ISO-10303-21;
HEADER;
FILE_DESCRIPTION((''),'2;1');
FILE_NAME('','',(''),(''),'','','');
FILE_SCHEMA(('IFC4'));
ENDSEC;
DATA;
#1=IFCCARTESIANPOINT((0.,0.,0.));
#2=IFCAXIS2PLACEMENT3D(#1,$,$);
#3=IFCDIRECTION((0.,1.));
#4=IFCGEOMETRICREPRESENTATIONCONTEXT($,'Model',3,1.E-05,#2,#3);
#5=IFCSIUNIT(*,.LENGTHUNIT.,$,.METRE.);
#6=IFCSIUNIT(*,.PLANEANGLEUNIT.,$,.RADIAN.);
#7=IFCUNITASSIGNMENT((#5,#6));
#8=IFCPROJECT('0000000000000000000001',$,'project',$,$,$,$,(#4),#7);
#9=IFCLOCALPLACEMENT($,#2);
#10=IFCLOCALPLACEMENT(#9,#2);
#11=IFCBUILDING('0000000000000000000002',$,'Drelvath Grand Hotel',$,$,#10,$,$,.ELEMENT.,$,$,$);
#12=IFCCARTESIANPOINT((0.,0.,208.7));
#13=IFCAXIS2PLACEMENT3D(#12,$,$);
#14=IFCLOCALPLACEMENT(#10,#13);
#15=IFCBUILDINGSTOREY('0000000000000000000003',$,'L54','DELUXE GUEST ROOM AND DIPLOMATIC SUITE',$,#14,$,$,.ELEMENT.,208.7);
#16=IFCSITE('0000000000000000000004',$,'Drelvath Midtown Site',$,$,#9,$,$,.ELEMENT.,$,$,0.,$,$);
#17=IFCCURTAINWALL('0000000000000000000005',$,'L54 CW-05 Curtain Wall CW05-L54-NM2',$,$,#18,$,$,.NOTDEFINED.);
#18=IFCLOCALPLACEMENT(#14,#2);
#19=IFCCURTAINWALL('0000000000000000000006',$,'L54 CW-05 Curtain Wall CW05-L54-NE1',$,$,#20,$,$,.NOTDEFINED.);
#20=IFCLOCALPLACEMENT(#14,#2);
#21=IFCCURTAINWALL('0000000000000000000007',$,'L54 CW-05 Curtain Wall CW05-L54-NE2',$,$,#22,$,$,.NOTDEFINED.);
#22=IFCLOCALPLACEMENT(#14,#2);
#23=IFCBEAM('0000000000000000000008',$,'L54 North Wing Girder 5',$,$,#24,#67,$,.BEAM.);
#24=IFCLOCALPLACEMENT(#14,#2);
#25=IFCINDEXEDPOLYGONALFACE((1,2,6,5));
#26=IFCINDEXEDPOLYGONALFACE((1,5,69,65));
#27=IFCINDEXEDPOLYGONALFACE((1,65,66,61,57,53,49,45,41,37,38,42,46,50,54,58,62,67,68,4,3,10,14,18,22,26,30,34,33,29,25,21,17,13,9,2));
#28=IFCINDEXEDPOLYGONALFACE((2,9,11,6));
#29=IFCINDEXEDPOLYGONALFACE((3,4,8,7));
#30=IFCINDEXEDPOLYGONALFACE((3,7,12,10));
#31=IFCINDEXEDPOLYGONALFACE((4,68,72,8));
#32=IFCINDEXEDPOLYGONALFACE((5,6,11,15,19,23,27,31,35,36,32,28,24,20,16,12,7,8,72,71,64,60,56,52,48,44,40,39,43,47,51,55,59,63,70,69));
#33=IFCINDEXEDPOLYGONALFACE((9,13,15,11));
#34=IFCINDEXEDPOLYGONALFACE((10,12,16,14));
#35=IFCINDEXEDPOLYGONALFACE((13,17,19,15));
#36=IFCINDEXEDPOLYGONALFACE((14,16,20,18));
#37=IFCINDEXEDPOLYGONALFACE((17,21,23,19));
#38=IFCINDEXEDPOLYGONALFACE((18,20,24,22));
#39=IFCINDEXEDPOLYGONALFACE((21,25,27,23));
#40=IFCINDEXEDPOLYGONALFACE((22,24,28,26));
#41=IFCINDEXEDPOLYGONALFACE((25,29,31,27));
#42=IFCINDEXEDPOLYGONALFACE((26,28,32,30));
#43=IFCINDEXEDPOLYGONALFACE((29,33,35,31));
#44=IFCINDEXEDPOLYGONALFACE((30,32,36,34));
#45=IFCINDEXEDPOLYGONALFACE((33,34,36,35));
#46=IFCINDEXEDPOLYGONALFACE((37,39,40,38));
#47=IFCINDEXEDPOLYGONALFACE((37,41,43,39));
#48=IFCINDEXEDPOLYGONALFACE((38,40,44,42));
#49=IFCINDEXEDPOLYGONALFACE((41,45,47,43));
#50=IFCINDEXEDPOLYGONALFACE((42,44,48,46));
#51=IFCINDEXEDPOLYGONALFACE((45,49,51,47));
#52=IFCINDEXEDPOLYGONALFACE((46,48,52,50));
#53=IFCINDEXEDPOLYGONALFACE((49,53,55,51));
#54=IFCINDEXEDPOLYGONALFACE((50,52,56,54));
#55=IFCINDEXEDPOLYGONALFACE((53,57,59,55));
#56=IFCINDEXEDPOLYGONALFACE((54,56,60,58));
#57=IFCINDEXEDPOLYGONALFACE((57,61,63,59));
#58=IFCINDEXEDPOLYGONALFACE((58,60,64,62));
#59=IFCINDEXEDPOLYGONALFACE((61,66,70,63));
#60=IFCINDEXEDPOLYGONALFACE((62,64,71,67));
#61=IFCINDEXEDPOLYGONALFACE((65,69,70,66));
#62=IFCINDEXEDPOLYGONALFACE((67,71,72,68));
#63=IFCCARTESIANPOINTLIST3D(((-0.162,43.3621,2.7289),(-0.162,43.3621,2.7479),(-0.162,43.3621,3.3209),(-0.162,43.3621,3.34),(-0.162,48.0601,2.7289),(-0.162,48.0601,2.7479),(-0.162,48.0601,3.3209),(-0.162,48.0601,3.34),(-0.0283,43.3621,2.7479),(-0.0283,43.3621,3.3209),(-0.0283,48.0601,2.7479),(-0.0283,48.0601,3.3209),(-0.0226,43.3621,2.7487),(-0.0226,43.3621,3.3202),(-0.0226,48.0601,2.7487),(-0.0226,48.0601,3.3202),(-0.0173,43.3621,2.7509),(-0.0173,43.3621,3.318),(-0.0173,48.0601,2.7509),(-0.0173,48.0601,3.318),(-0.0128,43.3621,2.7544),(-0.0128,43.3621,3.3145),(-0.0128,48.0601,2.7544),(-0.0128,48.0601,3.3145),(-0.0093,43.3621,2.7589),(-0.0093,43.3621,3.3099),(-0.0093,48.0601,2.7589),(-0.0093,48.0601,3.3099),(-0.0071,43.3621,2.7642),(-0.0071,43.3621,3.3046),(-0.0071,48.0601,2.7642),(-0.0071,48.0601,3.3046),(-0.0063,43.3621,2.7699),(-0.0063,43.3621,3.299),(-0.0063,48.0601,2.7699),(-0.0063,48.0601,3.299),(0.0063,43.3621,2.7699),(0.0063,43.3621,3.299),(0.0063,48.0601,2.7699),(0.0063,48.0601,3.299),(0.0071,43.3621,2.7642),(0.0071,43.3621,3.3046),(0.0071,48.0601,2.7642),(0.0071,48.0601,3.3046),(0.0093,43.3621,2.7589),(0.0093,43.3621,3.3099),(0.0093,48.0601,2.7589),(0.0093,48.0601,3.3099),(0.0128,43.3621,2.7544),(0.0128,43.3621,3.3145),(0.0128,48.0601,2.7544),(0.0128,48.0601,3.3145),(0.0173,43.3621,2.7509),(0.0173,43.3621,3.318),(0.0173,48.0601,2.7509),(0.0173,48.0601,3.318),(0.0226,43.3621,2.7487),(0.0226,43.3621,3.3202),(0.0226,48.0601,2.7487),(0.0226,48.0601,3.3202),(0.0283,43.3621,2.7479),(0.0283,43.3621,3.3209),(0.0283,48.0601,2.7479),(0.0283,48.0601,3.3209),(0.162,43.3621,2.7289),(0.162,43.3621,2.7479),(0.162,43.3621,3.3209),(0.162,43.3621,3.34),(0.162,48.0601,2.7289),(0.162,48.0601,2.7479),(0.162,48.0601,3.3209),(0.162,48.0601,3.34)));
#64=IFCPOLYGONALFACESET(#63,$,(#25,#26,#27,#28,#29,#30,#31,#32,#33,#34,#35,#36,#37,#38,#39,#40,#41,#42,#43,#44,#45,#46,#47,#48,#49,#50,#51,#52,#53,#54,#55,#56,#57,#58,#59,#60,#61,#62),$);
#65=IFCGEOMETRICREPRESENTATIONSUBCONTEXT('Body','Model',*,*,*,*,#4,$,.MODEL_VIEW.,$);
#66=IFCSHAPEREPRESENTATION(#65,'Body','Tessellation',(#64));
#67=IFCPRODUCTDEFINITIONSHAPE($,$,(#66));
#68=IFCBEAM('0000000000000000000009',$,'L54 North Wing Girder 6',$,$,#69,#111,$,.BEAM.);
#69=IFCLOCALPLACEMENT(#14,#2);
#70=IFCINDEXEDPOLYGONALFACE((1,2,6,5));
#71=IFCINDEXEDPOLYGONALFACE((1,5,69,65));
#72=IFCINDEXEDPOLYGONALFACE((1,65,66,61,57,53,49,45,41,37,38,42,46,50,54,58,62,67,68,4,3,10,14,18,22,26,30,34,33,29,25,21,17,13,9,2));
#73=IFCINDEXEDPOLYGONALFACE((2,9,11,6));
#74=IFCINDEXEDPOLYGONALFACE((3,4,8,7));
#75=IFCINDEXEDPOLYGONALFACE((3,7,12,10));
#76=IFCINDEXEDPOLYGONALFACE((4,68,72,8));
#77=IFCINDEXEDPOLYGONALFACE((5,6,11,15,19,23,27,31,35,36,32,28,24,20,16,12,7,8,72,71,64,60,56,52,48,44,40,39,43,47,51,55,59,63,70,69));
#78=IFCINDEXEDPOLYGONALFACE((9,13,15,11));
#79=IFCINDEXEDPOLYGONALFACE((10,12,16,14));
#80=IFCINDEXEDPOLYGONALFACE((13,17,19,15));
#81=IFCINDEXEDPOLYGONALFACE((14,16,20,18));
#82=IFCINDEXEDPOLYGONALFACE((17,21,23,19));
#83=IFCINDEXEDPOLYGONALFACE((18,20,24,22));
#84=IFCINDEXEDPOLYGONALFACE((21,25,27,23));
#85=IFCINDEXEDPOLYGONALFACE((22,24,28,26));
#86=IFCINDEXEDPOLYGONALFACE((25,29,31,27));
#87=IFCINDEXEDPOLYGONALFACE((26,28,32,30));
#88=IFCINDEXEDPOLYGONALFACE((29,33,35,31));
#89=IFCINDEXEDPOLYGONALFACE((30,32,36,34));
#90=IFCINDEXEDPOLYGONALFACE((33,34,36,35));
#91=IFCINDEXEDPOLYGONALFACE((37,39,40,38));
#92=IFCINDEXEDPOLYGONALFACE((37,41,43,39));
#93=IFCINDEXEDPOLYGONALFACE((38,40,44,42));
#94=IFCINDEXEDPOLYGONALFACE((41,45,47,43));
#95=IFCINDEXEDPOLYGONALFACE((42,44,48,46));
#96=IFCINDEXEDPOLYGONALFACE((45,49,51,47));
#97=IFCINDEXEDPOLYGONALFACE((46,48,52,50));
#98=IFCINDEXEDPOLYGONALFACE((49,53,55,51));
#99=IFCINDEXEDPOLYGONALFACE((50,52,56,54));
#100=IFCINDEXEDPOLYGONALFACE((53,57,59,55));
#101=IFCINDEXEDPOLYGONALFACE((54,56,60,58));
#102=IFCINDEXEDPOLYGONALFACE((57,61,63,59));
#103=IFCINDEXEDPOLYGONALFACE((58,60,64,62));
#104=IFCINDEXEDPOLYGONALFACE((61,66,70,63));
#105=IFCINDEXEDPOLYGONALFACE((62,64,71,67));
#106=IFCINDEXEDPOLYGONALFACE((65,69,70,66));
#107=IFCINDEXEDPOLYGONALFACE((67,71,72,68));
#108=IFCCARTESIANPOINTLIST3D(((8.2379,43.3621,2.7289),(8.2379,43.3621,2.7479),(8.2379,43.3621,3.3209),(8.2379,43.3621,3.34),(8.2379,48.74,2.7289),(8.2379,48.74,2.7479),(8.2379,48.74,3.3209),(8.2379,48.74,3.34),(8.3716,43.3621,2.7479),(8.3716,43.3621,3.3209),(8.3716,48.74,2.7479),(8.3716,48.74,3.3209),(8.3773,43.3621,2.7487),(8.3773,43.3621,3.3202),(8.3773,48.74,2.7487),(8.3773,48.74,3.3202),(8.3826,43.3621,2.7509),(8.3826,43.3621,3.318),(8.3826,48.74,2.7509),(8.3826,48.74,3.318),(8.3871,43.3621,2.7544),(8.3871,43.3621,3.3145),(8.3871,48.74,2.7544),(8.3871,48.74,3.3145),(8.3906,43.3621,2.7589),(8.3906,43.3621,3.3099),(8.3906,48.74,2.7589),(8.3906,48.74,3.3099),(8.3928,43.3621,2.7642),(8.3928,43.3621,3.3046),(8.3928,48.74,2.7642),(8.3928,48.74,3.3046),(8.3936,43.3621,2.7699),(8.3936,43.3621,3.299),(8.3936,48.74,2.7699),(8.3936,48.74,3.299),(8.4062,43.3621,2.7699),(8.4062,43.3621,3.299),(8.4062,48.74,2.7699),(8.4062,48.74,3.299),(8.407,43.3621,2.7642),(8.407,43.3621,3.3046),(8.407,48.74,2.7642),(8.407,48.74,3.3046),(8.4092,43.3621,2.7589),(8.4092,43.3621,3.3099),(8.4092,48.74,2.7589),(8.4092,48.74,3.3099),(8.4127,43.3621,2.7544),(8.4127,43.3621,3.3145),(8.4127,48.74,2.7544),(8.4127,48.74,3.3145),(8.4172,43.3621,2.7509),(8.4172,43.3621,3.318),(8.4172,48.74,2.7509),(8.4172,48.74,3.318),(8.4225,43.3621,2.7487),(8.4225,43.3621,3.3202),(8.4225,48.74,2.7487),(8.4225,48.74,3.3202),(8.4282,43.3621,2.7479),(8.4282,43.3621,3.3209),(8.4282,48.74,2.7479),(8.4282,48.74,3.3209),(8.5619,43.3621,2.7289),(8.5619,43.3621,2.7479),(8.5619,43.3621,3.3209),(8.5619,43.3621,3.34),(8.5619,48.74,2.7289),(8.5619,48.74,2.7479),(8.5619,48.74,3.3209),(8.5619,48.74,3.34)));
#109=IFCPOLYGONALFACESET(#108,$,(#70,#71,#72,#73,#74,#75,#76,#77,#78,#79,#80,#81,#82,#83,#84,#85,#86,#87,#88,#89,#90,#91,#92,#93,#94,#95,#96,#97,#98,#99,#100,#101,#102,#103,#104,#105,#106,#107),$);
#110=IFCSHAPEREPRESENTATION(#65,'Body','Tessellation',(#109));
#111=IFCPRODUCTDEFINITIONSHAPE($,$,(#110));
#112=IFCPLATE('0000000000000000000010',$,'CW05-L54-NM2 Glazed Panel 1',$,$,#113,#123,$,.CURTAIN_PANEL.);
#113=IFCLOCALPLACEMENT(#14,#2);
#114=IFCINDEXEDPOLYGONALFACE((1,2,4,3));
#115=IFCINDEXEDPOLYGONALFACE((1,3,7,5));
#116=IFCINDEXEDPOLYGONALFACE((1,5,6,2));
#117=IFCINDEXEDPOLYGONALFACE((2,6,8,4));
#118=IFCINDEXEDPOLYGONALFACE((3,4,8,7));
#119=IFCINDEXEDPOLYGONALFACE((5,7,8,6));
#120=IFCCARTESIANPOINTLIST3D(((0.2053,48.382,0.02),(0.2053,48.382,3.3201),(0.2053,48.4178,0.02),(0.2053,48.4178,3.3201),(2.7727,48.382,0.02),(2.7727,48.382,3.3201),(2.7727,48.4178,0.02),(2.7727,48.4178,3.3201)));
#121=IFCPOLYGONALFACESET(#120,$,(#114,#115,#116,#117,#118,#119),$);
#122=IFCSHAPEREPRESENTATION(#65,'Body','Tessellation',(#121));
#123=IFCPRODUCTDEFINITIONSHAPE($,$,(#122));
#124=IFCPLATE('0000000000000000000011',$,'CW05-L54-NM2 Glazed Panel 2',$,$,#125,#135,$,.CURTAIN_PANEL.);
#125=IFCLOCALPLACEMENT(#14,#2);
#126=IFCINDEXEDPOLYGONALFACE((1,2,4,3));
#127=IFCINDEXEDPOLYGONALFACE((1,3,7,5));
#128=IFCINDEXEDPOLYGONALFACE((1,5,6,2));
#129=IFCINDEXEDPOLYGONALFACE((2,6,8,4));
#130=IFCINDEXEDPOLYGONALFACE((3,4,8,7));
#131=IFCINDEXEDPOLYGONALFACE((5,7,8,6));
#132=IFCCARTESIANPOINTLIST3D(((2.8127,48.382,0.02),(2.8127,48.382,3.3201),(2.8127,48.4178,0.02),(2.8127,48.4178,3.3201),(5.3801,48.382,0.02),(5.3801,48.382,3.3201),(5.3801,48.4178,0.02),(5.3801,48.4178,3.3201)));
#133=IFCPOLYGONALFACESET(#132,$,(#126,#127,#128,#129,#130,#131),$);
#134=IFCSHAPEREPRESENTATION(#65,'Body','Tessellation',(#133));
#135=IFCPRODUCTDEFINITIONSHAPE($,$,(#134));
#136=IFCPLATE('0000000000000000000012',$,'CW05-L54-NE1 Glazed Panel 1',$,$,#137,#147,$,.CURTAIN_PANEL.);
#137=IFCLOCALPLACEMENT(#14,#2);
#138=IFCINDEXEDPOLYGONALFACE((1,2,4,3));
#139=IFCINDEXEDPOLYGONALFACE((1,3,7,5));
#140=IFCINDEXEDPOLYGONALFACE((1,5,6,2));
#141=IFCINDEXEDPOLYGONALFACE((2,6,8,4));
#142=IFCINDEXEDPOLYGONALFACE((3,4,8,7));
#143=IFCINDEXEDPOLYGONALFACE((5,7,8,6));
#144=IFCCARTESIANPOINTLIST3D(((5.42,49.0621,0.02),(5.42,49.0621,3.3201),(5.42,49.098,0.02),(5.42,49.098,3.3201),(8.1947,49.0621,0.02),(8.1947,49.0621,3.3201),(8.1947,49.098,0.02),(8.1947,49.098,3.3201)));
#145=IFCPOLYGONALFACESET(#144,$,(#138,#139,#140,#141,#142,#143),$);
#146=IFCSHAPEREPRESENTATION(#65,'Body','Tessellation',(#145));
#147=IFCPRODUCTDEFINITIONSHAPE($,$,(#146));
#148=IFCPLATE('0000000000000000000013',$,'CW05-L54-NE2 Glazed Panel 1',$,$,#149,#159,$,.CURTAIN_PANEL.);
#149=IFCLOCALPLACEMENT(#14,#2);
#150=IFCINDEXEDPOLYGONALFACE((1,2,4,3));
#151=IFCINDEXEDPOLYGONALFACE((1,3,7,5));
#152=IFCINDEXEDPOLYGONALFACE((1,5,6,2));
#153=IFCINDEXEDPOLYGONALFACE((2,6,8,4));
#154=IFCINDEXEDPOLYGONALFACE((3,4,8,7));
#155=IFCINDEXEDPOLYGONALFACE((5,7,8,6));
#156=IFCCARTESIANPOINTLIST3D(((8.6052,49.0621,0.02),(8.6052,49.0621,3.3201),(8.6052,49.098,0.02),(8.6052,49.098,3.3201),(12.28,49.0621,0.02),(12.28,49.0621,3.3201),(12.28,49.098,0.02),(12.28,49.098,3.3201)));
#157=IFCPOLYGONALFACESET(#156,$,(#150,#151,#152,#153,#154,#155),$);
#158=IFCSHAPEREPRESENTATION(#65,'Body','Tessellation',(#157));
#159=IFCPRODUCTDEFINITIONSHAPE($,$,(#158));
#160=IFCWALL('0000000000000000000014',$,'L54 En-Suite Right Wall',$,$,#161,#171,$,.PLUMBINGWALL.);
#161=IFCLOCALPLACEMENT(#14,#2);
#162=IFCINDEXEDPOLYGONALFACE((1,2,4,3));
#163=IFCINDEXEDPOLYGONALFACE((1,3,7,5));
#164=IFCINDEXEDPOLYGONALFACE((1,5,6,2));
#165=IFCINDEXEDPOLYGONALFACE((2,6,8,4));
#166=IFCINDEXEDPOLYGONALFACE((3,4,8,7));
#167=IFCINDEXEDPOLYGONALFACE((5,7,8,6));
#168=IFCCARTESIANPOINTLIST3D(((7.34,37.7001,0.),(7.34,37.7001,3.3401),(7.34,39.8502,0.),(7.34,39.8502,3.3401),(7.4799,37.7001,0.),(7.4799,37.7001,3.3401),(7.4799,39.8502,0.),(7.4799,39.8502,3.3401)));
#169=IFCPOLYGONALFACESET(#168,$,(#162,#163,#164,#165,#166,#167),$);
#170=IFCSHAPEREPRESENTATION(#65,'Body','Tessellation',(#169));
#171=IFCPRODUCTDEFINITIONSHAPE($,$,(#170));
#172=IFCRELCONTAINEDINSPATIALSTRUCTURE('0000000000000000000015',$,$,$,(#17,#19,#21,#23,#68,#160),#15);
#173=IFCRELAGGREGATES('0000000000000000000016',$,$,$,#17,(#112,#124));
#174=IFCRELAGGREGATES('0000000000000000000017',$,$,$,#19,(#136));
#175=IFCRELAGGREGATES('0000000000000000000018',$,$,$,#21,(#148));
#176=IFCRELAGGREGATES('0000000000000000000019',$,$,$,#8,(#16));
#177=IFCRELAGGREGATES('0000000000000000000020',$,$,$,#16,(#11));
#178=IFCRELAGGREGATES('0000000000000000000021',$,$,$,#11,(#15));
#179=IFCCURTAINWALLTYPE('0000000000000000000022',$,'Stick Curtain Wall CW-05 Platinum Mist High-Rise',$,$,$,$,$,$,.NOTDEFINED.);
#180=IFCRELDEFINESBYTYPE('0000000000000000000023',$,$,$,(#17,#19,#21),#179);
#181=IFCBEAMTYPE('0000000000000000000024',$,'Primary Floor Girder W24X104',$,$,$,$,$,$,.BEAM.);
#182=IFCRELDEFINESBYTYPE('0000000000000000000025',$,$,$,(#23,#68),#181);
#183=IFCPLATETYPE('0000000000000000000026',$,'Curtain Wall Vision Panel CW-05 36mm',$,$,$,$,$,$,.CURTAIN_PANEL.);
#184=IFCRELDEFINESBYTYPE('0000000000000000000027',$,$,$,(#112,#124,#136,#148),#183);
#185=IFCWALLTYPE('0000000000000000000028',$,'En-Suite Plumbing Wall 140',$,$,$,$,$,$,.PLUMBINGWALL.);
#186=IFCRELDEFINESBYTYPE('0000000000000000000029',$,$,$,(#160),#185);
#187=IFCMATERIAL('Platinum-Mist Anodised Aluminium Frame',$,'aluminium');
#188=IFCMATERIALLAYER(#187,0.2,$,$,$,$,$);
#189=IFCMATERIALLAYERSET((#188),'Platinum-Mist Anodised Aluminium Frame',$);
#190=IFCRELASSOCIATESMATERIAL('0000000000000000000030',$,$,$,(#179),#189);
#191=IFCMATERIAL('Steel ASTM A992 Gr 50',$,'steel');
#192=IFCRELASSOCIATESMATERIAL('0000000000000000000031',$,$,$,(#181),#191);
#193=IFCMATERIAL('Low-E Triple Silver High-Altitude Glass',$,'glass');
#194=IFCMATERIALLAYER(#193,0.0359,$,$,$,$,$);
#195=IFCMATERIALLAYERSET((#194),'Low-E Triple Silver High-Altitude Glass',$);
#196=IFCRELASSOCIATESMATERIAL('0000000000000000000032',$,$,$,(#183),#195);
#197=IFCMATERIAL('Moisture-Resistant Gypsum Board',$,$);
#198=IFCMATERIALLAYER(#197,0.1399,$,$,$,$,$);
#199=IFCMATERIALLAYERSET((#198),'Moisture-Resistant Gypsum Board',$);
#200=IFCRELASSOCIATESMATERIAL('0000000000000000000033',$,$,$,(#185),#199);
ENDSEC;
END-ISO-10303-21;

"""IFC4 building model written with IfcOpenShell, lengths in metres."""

from ifc_helpers import new_model, si_unit, direction, frame, frame_2d, origin, origin_2d, place, context, subcontext, project, spatial, rectangle, i_section, extrude, material, layer, layer_set, material_profile, profile_set, type_object, element, aggregate, save


model = new_model("IFC4")

# Units and contexts
model_context = context("Model", 3, precision=1e-05, world=origin(), true_north=direction((0.0, 1.0)))
body_context = subcontext(model_context, "Body", "Model", "MODEL_VIEW")
ifc_project = project(units=[si_unit("LENGTHUNIT", "METRE"), si_unit("PLANEANGLEUNIT", "RADIAN")], contexts=[model_context])

# Site, building, storey
site_placement = place(None, origin())
site = spatial("IfcSite", under=ifc_project, at=site_placement, Name="Drelvath Midtown Site", CompositionType="ELEMENT", RefElevation=0.0)
building_placement = place(site_placement, origin())
building = spatial("IfcBuilding", under=site, at=building_placement, Name="Drelvath Grand Hotel", CompositionType="ELEMENT")
storey_placement = place(building_placement, frame((0.0, 0.0, 208.7)))
storey = spatial("IfcBuildingStorey", under=building, at=storey_placement, Name="L54", Description="DELUXE GUEST ROOM AND DIPLOMATIC SUITE", CompositionType="ELEMENT", Elevation=208.7)

# Curtain walls
ifc_material_1 = material(Name="Platinum-Mist Anodised Aluminium Frame", Category="aluminium")
ifc_layer_1 = layer(ifc_material_1, 0.2)
ifc_layer_set_1 = layer_set([ifc_layer_1], Name="Platinum-Mist Anodised Aluminium Frame")
curtain_wall_type = type_object("IfcCurtainWallType", Name="Stick Curtain Wall CW-05 Platinum Mist High-Rise", PredefinedType="NOTDEFINED", material=ifc_layer_set_1)
curtain_wall_1_placement = place(storey_placement, origin())
curtain_wall_1 = element("IfcCurtainWall", 1, at=curtain_wall_1_placement, inside=storey, type_object=curtain_wall_type, Name="L54 CW-05 Curtain Wall CW05-L54-NM2", PredefinedType="NOTDEFINED")
curtain_wall_2_placement = place(storey_placement, origin())
curtain_wall_2 = element("IfcCurtainWall", 2, at=curtain_wall_2_placement, inside=storey, type_object=curtain_wall_type, Name="L54 CW-05 Curtain Wall CW05-L54-NE1", PredefinedType="NOTDEFINED")
curtain_wall_3_placement = place(storey_placement, origin())
curtain_wall_3 = element("IfcCurtainWall", 3, at=curtain_wall_3_placement, inside=storey, type_object=curtain_wall_type, Name="L54 CW-05 Curtain Wall CW05-L54-NE2", PredefinedType="NOTDEFINED")

# Beams
ifc_material_2 = material(Name="Steel ASTM A992 Gr 50", Category="steel")
ifc_material_profile_1 = material_profile(ifc_material_2, i_section(OverallWidth=0.324, OverallDepth=0.6111, WebThickness=0.0127, FlangeThickness=0.019, FilletRadius=0.022, at=origin_2d()), Name="W24X104")
ifc_profile_set_1 = profile_set([ifc_material_profile_1], Name="Steel ASTM A992 Gr 50")
beam_type_1 = type_object("IfcBeamType", Name="Primary Floor Girder W24X104", PredefinedType="BEAM", material=ifc_profile_set_1)
beam_1_placement = place(storey_placement, frame((0.0, 43.3621, 3.0344), z_axis=(0.0, 1.0, 0.0), x_axis=(-1.0, 0.0, 0.0)))
element("IfcBeam", 4, at=beam_1_placement, inside=storey, type_object=beam_type_1, Name="L54 North Wing Girder 5", PredefinedType="BEAM", context=body_context, shape_type="SweptSolid", body=[
    extrude(i_section(OverallWidth=0.324, OverallDepth=0.6111, WebThickness=0.0127, FlangeThickness=0.019, FilletRadius=0.022, at=origin_2d()), origin(), (0.0, 0.0, 1.0), 4.698),
])
beam_2_placement = place(storey_placement, frame((8.3999, 43.3621, 3.0344), z_axis=(0.0, 1.0, 0.0), x_axis=(-1.0, 0.0, 0.0)))
element("IfcBeam", 5, at=beam_2_placement, inside=storey, type_object=beam_type_1, Name="L54 North Wing Girder 6", PredefinedType="BEAM", context=body_context, shape_type="SweptSolid", body=[
    extrude(i_section(OverallWidth=0.324, OverallDepth=0.6111, WebThickness=0.0127, FlangeThickness=0.019, FilletRadius=0.022, at=origin_2d()), origin(), (0.0, 0.0, 1.0), 5.3779),
])

# Plates
ifc_material_3 = material(Name="Low-E Triple Silver High-Altitude Glass", Category="glass")
ifc_layer_2 = layer(ifc_material_3, 0.0359)
ifc_layer_set_2 = layer_set([ifc_layer_2], Name="Low-E Triple Silver High-Altitude Glass")
plate_type = type_object("IfcPlateType", Name="Curtain Wall Vision Panel CW-05 36mm", PredefinedType="CURTAIN_PANEL", material=ifc_layer_set_2)
plate_1_placement = place(storey_placement, frame((1.489, 48.3999, 0.02), z_axis=(0.0, 0.0, 1.0), x_axis=(1.0, 0.0, 0.0)))
plate_1 = element("IfcPlate", 6, at=plate_1_placement, type_object=plate_type, Name="CW05-L54-NM2 Glazed Panel 1", PredefinedType="CURTAIN_PANEL", context=body_context, shape_type="SweptSolid", body=[
    extrude(rectangle(XDim=2.5674, YDim=0.0359, at=origin_2d()), origin(), (0.0, 0.0, 1.0), 3.3),
])
plate_2_placement = place(storey_placement, frame((4.0964, 48.3999, 0.02), z_axis=(0.0, 0.0, 1.0), x_axis=(1.0, 0.0, 0.0)))
plate_2 = element("IfcPlate", 7, at=plate_2_placement, type_object=plate_type, Name="CW05-L54-NM2 Glazed Panel 2", PredefinedType="CURTAIN_PANEL", context=body_context, shape_type="SweptSolid", body=[
    extrude(rectangle(XDim=2.5674, YDim=0.0359, at=origin_2d()), origin(), (0.0, 0.0, 1.0), 3.3),
])
aggregate(curtain_wall_1, [plate_1, plate_2])
plate_3_placement = place(storey_placement, frame((6.8074, 49.0801, 0.02), z_axis=(0.0, 0.0, 1.0), x_axis=(1.0, 0.0, 0.0)))
plate_3 = element("IfcPlate", 8, at=plate_3_placement, type_object=plate_type, Name="CW05-L54-NE1 Glazed Panel 1", PredefinedType="CURTAIN_PANEL", context=body_context, shape_type="SweptSolid", body=[
    extrude(rectangle(XDim=2.7747, YDim=0.0359, at=origin_2d()), origin(), (0.0, 0.0, 1.0), 3.3),
])
aggregate(curtain_wall_2, [plate_3])
plate_4_placement = place(storey_placement, frame((10.4426, 49.0801, 0.02), z_axis=(0.0, 0.0, 1.0), x_axis=(1.0, 0.0, 0.0)))
plate_4 = element("IfcPlate", 9, at=plate_4_placement, type_object=plate_type, Name="CW05-L54-NE2 Glazed Panel 1", PredefinedType="CURTAIN_PANEL", context=body_context, shape_type="SweptSolid", body=[
    extrude(rectangle(XDim=3.6748, YDim=0.0359, at=origin_2d()), origin(), (0.0, 0.0, 1.0), 3.3),
])
aggregate(curtain_wall_3, [plate_4])

# Wall
ifc_material_4 = material(Name="Moisture-Resistant Gypsum Board")
ifc_layer_3 = layer(ifc_material_4, 0.1399)
ifc_layer_set_3 = layer_set([ifc_layer_3], Name="Moisture-Resistant Gypsum Board")
wall_type_1 = type_object("IfcWallType", Name="En-Suite Plumbing Wall 140", PredefinedType="PLUMBINGWALL", material=ifc_layer_set_3)
wall_1_placement = place(storey_placement, frame((7.4099, 37.7, 0.0), z_axis=(0.0, 0.0, 1.0), x_axis=(0.0, 1.0, 0.0)))
element("IfcWall", 10, at=wall_1_placement, inside=storey, type_object=wall_type_1, Name="L54 En-Suite Right Wall", PredefinedType="PLUMBINGWALL", context=body_context, shape_type="SweptSolid", body=[
    extrude(rectangle(XDim=2.1501, YDim=0.1399, at=frame_2d((1.0752, 0.0))), origin(), (0.0, 0.0, 1.0), 3.3401),
])

save(model, "model.ifc")
